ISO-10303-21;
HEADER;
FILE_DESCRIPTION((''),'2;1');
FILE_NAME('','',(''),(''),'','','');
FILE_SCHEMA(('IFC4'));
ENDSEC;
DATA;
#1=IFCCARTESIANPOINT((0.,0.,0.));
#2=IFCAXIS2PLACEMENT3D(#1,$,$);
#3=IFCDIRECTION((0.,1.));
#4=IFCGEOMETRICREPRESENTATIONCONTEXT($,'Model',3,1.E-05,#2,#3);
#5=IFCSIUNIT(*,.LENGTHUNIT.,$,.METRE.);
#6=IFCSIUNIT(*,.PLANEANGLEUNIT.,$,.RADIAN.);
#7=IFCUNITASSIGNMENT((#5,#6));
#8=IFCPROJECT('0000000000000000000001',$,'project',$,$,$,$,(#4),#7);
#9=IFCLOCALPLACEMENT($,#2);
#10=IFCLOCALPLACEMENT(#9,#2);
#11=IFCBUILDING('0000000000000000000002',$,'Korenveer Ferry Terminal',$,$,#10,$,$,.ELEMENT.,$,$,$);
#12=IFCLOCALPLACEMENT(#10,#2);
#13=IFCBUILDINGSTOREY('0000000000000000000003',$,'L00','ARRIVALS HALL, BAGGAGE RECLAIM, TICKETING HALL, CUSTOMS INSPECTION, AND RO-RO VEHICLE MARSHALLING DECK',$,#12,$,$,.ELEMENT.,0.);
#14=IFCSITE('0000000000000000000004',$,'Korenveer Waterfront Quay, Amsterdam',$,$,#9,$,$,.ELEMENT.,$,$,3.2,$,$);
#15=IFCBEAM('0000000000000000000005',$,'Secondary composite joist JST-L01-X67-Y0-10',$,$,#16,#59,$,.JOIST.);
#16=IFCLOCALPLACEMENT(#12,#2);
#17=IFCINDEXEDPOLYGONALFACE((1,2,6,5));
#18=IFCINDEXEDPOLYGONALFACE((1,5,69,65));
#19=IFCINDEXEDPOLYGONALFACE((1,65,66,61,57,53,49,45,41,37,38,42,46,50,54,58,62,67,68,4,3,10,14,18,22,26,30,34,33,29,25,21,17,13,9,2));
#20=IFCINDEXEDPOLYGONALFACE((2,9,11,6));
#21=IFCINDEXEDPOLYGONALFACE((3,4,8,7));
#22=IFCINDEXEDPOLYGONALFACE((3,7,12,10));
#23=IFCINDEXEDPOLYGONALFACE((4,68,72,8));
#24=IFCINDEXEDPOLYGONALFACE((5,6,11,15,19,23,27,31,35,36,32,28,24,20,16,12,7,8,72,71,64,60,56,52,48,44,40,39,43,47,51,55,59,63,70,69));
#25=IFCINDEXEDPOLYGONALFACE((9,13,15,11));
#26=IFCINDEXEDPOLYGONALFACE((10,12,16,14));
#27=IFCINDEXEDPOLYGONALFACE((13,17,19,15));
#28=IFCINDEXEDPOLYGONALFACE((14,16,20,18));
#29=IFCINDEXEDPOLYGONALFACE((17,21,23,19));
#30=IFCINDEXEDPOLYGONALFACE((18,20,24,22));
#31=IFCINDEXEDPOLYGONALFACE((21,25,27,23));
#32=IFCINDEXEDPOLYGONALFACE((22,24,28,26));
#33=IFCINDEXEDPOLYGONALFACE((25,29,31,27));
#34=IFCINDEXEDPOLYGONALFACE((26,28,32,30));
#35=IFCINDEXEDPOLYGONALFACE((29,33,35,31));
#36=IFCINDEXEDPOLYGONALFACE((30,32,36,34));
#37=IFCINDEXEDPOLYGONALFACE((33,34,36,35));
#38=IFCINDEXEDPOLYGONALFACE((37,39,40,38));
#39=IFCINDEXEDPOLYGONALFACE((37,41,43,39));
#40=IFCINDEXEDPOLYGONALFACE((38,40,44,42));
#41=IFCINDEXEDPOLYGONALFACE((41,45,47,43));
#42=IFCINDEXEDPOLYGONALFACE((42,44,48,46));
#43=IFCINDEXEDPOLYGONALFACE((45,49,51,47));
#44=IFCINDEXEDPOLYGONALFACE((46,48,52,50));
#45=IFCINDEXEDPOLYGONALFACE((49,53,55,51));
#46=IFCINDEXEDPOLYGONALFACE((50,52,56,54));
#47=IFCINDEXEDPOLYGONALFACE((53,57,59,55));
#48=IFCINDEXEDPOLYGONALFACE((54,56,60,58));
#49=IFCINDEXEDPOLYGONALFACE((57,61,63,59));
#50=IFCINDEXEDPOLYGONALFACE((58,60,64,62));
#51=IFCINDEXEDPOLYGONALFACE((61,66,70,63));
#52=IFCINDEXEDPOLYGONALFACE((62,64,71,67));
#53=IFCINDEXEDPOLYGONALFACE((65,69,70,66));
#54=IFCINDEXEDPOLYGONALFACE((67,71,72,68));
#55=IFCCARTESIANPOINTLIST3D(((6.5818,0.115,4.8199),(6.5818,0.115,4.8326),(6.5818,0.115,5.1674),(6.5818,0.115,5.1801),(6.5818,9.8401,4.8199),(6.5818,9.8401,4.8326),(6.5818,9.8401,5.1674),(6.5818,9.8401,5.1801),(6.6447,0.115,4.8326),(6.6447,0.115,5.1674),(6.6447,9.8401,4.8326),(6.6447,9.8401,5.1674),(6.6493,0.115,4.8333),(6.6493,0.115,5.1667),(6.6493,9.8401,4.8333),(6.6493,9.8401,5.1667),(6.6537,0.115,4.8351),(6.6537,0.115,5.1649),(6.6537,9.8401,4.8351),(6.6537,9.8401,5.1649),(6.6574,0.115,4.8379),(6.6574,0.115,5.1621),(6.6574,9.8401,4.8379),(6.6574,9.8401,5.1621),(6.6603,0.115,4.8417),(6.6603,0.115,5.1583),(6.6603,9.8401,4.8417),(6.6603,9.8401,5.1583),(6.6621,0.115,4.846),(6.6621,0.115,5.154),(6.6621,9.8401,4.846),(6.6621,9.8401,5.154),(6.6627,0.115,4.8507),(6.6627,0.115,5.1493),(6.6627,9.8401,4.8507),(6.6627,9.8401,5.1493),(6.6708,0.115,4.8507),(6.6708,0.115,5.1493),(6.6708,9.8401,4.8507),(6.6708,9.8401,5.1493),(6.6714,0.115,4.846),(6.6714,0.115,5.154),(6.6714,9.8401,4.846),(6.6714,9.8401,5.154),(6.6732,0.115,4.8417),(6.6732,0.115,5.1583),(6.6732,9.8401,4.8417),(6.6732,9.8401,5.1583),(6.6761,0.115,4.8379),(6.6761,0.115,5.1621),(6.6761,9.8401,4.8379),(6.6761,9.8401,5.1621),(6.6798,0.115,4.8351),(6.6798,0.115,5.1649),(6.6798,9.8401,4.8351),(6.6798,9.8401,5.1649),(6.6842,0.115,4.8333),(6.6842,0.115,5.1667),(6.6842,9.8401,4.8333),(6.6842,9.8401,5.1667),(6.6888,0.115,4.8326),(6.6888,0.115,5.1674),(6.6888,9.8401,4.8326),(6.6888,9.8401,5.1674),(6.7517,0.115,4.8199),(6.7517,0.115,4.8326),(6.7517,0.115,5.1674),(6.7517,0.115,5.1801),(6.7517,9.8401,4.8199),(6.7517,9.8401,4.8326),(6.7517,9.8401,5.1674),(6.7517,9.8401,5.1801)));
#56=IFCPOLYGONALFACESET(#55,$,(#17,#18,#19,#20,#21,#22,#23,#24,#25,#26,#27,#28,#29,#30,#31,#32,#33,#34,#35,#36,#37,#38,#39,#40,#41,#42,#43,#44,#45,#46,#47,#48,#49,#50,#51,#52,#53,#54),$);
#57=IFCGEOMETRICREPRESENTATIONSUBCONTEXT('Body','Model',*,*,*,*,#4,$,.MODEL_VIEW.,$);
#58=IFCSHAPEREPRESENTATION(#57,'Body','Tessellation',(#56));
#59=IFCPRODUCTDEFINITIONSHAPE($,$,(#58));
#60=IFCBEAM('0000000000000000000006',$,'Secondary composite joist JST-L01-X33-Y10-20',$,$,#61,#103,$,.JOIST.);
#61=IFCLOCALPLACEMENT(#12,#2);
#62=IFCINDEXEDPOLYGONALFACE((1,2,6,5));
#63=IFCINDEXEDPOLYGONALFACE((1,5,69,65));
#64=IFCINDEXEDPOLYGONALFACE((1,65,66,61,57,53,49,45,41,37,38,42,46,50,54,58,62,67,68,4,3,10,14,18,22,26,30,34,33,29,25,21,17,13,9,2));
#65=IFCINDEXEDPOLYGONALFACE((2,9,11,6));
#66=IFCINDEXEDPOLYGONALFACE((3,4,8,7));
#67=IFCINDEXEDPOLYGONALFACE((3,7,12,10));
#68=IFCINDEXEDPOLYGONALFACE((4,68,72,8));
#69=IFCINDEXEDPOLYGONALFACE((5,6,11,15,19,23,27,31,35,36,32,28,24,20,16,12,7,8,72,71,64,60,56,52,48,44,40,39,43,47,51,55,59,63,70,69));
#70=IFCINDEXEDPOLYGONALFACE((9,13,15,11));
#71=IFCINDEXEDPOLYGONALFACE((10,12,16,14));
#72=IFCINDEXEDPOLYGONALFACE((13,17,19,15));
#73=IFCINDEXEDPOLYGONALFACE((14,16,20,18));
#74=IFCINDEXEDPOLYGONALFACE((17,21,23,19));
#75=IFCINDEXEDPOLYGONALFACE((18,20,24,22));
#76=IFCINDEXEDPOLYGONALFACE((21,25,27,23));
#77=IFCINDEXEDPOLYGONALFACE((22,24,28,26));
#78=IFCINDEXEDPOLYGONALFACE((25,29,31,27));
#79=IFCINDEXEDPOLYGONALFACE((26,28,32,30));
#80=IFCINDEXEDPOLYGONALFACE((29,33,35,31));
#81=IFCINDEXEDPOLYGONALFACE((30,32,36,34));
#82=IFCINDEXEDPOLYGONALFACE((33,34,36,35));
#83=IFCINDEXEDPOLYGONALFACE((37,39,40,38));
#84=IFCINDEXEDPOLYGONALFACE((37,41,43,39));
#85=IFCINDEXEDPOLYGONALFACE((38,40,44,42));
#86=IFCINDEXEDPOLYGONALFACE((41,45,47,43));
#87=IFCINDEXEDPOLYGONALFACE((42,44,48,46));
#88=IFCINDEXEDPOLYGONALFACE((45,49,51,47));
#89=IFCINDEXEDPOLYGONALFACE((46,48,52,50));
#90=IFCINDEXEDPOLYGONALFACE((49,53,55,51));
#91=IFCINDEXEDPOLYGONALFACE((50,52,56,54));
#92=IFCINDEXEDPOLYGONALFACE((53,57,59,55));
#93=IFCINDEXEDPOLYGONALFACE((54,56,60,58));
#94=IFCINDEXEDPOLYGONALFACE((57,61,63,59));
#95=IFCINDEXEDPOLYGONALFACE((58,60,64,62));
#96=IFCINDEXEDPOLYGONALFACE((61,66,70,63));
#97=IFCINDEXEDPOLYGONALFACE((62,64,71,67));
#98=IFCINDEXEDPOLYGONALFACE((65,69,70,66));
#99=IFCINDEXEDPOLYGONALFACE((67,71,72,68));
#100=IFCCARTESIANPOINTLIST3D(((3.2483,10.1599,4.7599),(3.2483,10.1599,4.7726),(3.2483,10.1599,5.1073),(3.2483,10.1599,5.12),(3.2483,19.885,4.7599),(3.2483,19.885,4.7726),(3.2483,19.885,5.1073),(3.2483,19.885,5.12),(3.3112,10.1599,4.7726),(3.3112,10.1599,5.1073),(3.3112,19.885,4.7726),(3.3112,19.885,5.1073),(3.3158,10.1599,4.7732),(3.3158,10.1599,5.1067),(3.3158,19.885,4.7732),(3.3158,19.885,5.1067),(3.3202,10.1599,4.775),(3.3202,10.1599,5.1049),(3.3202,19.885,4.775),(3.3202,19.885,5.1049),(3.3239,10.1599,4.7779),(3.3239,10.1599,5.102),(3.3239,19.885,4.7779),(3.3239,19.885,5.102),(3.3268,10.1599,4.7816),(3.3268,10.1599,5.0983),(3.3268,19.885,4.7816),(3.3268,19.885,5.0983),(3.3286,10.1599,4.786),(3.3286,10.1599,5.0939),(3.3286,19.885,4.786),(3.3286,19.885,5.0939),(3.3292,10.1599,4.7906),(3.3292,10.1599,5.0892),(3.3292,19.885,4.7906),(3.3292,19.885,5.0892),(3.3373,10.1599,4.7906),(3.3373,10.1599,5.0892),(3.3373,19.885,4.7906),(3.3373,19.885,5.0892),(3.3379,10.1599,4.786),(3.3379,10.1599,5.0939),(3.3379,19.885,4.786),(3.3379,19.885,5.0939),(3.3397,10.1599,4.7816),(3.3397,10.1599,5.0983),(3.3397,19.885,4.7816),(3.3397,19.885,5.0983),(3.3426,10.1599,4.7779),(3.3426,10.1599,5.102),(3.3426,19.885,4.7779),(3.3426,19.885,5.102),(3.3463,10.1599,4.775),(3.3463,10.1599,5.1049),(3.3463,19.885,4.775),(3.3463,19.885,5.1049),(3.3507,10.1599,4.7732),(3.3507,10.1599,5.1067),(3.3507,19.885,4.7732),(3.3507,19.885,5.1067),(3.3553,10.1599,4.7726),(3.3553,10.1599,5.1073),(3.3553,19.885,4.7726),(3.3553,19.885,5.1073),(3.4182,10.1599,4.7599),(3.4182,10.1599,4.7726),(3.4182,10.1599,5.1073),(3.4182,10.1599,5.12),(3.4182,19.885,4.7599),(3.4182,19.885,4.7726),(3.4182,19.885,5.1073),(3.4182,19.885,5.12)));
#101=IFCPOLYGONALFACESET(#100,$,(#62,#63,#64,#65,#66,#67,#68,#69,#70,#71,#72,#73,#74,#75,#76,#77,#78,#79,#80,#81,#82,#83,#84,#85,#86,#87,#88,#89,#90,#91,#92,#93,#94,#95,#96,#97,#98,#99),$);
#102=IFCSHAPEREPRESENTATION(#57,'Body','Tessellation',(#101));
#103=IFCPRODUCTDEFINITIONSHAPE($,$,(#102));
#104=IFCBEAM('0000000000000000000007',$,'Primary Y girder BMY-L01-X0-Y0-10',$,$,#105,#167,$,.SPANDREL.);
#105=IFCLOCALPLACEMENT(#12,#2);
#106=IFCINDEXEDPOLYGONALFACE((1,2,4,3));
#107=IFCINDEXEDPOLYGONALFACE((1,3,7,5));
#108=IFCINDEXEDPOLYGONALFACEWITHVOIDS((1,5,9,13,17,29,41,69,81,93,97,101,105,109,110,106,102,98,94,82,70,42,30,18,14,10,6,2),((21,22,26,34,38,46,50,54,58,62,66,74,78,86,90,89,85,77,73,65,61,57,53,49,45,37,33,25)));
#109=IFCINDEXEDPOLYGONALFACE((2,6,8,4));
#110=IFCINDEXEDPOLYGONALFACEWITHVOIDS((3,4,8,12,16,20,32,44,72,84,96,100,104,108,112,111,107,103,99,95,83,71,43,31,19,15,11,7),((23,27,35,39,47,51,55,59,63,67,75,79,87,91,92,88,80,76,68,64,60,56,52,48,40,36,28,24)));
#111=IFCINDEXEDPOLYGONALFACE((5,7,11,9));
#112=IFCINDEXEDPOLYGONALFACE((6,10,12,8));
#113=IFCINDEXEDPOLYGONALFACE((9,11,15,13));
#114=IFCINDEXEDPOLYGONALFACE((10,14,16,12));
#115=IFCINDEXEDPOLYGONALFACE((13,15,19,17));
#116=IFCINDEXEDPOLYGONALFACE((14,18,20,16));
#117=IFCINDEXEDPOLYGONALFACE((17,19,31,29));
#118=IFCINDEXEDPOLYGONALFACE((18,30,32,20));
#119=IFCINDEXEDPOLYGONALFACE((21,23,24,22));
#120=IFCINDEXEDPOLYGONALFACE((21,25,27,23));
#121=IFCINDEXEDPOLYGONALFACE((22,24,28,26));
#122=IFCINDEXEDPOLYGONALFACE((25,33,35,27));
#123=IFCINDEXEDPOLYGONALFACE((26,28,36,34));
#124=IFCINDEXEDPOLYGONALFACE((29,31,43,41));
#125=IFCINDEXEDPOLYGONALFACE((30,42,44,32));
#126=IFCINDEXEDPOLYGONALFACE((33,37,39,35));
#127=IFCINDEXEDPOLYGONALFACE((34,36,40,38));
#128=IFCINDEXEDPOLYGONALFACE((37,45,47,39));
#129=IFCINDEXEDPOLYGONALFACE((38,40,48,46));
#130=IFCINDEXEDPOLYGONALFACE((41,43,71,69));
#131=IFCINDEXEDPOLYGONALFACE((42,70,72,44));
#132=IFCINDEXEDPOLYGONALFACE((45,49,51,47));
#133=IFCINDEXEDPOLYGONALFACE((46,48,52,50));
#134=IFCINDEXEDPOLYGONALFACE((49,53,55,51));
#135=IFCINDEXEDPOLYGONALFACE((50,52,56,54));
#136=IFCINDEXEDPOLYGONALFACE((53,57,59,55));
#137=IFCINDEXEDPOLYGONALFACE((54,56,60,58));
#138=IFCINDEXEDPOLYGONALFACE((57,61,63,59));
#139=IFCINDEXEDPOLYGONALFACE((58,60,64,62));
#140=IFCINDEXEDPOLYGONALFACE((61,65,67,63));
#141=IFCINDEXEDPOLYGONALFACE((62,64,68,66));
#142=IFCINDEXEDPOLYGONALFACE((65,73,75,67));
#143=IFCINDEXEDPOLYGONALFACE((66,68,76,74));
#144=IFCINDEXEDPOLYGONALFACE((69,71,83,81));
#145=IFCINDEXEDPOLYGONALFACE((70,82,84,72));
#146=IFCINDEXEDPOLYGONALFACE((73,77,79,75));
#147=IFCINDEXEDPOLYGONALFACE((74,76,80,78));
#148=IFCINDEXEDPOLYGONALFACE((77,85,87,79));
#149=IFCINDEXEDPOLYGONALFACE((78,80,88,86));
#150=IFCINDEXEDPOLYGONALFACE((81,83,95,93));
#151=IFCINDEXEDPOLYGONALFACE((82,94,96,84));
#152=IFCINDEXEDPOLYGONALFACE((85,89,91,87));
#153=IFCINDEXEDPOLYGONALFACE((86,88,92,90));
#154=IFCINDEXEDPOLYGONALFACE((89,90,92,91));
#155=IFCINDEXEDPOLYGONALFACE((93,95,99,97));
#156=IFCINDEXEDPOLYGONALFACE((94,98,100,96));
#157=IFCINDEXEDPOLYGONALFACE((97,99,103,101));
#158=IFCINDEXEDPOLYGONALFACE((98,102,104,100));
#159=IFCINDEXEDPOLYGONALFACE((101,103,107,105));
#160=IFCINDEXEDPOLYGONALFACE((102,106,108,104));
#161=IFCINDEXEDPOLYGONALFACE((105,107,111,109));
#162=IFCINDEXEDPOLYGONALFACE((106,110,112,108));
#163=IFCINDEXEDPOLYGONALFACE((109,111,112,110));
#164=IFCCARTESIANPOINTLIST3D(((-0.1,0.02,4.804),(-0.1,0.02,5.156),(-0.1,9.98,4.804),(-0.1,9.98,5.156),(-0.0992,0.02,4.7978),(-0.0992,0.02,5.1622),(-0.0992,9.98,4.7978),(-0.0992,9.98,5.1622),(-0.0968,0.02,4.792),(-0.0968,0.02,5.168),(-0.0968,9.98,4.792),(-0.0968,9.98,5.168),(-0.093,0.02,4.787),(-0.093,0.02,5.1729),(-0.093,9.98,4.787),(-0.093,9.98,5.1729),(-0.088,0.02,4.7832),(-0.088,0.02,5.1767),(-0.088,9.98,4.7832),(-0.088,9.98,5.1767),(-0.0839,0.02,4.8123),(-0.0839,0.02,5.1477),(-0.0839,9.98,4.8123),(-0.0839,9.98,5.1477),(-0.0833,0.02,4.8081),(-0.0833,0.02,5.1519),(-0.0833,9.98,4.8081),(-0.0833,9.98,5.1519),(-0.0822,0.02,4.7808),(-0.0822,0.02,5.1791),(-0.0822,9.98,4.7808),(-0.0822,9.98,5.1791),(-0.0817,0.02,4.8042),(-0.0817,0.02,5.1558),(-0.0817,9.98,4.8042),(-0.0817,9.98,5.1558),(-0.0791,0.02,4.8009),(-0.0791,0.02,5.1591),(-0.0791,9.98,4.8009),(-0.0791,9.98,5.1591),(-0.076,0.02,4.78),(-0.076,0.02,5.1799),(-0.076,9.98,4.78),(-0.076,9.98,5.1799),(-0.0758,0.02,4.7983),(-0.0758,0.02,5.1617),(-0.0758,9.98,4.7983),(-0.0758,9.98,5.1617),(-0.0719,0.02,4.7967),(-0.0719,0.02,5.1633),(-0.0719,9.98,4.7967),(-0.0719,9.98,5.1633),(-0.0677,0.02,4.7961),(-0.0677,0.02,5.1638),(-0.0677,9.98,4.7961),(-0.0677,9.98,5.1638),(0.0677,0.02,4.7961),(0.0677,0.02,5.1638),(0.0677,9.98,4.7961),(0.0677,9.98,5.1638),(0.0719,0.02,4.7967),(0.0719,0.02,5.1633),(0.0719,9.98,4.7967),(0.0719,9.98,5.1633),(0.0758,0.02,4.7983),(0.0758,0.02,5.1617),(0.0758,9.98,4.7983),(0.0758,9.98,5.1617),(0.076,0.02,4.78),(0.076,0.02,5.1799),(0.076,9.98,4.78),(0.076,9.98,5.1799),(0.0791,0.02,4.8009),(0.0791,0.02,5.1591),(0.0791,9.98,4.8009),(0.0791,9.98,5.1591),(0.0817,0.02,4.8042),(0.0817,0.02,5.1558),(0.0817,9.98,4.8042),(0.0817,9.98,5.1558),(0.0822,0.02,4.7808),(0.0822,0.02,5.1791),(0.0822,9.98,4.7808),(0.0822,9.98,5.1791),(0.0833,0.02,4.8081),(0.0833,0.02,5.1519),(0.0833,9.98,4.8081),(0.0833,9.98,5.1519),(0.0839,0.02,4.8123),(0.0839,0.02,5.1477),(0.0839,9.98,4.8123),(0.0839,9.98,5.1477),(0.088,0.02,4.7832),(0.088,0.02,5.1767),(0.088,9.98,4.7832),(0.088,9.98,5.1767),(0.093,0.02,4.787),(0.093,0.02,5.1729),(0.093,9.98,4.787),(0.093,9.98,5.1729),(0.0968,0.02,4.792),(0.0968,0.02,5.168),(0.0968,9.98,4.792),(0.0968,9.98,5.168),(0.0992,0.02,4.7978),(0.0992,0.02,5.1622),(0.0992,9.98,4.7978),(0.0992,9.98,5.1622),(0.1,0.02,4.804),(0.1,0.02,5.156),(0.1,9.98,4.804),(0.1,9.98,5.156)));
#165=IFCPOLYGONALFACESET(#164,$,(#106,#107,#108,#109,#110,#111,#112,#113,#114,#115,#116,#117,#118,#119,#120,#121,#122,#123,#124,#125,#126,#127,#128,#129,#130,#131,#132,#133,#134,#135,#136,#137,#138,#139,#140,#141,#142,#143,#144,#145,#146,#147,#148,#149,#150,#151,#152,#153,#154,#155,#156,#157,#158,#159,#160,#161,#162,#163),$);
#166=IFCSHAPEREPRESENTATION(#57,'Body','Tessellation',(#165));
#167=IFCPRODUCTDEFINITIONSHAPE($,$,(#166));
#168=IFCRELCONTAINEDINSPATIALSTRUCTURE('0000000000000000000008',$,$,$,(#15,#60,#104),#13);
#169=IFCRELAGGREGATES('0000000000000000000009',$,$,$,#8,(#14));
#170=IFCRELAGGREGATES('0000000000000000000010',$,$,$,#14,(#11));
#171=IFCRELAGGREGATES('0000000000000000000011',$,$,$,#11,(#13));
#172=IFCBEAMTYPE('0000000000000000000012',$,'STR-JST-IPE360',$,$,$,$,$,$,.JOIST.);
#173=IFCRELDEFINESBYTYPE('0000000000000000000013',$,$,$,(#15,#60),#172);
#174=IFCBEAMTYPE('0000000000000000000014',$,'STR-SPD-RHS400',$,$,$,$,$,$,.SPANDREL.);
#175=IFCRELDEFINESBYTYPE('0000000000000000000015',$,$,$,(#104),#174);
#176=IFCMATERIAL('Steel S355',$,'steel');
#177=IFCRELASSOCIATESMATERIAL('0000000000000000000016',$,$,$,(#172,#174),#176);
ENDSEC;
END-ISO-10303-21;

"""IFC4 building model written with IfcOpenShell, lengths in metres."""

from ifc_helpers import new_model, si_unit, direction, frame, origin, origin_2d, place, context, subcontext, project, spatial, hollow_rectangle, i_section, extrude, material, material_profile, profile_set, type_object, element, save


model = new_model("IFC4")

# Units and contexts
model_context = context("Model", 3, precision=1e-05, world=origin(), true_north=direction((0.0, 1.0)))
body_context = subcontext(model_context, "Body", "Model", "MODEL_VIEW")
ifc_project = project(units=[si_unit("LENGTHUNIT", "METRE"), si_unit("PLANEANGLEUNIT", "RADIAN")], contexts=[model_context])

# Site, building, storey
site_placement = place(None, origin())
site = spatial("IfcSite", under=ifc_project, at=site_placement, Name="Korenveer Waterfront Quay, Amsterdam", CompositionType="ELEMENT", RefElevation=3.2)
building_placement = place(site_placement, origin())
building = spatial("IfcBuilding", under=site, at=building_placement, Name="Korenveer Ferry Terminal", CompositionType="ELEMENT")
storey_placement = place(building_placement, origin())
storey = spatial("IfcBuildingStorey", under=building, at=storey_placement, Name="L00", Description="ARRIVALS HALL, BAGGAGE RECLAIM, TICKETING HALL, CUSTOMS INSPECTION, AND RO-RO VEHICLE MARSHALLING DECK", CompositionType="ELEMENT", Elevation=0.0)

# Beams
ifc_material_1 = material(Name="Steel S355", Category="steel")
ifc_material_profile_1 = material_profile(ifc_material_1, i_section(OverallWidth=0.1699, OverallDepth=0.3601, WebThickness=0.0081, FlangeThickness=0.0127, FilletRadius=0.0181, at=origin_2d()), Name="IPE 360")
ifc_profile_set_1 = profile_set([ifc_material_profile_1], Name="Steel S355")
beam_type_1 = type_object("IfcBeamType", Name="STR-JST-IPE360", PredefinedType="JOIST", material=ifc_profile_set_1)
for number, where, z_axis, x_axis, name in (
    (1, (6.6667, 0.115, 5.0), (0.0, 1.0, 0.0), (-1.0, 0.0, 0.0), "Secondary composite joist JST-L01-X67-Y0-10"),
    (2, (3.3333, 10.1599, 4.9399), (0.0, 1.0, 0.0), (-1.0, 0.0, 0.0), "Secondary composite joist JST-L01-X33-Y10-20"),
):
    element("IfcBeam", number, at=place(storey_placement, frame(where, z_axis=z_axis, x_axis=x_axis)), inside=storey, type_object=beam_type_1, Name=name, PredefinedType="JOIST", context=body_context, shape_type="SweptSolid", body=[
        extrude(i_section(OverallWidth=0.1699, OverallDepth=0.3601, WebThickness=0.0081, FlangeThickness=0.0127, FilletRadius=0.0181, at=origin_2d()), origin(), (0.0, 0.0, 1.0), 9.7251),
    ])
ifc_material_profile_2 = material_profile(ifc_material_1, hollow_rectangle(XDim=0.2, YDim=0.3999, WallThickness=0.0161, InnerFilletRadius=0.0161, OuterFilletRadius=0.0239, at=origin_2d()), Name="RHS 400x200x16")
ifc_profile_set_2 = profile_set([ifc_material_profile_2], Name="Steel S355")
beam_type_2 = type_object("IfcBeamType", Name="STR-SPD-RHS400", PredefinedType="SPANDREL", material=ifc_profile_set_2)
for number, where, z_axis, x_axis, name in (
    (3, (0.0, 0.02, 4.98), (0.0, 1.0, 0.0), (-1.0, 0.0, 0.0), "Primary Y girder BMY-L01-X0-Y0-10"),
):
    element("IfcBeam", number, at=place(storey_placement, frame(where, z_axis=z_axis, x_axis=x_axis)), inside=storey, type_object=beam_type_2, Name=name, PredefinedType="SPANDREL", context=body_context, shape_type="SweptSolid", body=[
        extrude(hollow_rectangle(XDim=0.2, YDim=0.3999, WallThickness=0.0161, InnerFilletRadius=0.0161, OuterFilletRadius=0.0239, at=origin_2d()), origin(), (0.0, 0.0, 1.0), 9.96),
    ])

save(model, "model.ifc")
